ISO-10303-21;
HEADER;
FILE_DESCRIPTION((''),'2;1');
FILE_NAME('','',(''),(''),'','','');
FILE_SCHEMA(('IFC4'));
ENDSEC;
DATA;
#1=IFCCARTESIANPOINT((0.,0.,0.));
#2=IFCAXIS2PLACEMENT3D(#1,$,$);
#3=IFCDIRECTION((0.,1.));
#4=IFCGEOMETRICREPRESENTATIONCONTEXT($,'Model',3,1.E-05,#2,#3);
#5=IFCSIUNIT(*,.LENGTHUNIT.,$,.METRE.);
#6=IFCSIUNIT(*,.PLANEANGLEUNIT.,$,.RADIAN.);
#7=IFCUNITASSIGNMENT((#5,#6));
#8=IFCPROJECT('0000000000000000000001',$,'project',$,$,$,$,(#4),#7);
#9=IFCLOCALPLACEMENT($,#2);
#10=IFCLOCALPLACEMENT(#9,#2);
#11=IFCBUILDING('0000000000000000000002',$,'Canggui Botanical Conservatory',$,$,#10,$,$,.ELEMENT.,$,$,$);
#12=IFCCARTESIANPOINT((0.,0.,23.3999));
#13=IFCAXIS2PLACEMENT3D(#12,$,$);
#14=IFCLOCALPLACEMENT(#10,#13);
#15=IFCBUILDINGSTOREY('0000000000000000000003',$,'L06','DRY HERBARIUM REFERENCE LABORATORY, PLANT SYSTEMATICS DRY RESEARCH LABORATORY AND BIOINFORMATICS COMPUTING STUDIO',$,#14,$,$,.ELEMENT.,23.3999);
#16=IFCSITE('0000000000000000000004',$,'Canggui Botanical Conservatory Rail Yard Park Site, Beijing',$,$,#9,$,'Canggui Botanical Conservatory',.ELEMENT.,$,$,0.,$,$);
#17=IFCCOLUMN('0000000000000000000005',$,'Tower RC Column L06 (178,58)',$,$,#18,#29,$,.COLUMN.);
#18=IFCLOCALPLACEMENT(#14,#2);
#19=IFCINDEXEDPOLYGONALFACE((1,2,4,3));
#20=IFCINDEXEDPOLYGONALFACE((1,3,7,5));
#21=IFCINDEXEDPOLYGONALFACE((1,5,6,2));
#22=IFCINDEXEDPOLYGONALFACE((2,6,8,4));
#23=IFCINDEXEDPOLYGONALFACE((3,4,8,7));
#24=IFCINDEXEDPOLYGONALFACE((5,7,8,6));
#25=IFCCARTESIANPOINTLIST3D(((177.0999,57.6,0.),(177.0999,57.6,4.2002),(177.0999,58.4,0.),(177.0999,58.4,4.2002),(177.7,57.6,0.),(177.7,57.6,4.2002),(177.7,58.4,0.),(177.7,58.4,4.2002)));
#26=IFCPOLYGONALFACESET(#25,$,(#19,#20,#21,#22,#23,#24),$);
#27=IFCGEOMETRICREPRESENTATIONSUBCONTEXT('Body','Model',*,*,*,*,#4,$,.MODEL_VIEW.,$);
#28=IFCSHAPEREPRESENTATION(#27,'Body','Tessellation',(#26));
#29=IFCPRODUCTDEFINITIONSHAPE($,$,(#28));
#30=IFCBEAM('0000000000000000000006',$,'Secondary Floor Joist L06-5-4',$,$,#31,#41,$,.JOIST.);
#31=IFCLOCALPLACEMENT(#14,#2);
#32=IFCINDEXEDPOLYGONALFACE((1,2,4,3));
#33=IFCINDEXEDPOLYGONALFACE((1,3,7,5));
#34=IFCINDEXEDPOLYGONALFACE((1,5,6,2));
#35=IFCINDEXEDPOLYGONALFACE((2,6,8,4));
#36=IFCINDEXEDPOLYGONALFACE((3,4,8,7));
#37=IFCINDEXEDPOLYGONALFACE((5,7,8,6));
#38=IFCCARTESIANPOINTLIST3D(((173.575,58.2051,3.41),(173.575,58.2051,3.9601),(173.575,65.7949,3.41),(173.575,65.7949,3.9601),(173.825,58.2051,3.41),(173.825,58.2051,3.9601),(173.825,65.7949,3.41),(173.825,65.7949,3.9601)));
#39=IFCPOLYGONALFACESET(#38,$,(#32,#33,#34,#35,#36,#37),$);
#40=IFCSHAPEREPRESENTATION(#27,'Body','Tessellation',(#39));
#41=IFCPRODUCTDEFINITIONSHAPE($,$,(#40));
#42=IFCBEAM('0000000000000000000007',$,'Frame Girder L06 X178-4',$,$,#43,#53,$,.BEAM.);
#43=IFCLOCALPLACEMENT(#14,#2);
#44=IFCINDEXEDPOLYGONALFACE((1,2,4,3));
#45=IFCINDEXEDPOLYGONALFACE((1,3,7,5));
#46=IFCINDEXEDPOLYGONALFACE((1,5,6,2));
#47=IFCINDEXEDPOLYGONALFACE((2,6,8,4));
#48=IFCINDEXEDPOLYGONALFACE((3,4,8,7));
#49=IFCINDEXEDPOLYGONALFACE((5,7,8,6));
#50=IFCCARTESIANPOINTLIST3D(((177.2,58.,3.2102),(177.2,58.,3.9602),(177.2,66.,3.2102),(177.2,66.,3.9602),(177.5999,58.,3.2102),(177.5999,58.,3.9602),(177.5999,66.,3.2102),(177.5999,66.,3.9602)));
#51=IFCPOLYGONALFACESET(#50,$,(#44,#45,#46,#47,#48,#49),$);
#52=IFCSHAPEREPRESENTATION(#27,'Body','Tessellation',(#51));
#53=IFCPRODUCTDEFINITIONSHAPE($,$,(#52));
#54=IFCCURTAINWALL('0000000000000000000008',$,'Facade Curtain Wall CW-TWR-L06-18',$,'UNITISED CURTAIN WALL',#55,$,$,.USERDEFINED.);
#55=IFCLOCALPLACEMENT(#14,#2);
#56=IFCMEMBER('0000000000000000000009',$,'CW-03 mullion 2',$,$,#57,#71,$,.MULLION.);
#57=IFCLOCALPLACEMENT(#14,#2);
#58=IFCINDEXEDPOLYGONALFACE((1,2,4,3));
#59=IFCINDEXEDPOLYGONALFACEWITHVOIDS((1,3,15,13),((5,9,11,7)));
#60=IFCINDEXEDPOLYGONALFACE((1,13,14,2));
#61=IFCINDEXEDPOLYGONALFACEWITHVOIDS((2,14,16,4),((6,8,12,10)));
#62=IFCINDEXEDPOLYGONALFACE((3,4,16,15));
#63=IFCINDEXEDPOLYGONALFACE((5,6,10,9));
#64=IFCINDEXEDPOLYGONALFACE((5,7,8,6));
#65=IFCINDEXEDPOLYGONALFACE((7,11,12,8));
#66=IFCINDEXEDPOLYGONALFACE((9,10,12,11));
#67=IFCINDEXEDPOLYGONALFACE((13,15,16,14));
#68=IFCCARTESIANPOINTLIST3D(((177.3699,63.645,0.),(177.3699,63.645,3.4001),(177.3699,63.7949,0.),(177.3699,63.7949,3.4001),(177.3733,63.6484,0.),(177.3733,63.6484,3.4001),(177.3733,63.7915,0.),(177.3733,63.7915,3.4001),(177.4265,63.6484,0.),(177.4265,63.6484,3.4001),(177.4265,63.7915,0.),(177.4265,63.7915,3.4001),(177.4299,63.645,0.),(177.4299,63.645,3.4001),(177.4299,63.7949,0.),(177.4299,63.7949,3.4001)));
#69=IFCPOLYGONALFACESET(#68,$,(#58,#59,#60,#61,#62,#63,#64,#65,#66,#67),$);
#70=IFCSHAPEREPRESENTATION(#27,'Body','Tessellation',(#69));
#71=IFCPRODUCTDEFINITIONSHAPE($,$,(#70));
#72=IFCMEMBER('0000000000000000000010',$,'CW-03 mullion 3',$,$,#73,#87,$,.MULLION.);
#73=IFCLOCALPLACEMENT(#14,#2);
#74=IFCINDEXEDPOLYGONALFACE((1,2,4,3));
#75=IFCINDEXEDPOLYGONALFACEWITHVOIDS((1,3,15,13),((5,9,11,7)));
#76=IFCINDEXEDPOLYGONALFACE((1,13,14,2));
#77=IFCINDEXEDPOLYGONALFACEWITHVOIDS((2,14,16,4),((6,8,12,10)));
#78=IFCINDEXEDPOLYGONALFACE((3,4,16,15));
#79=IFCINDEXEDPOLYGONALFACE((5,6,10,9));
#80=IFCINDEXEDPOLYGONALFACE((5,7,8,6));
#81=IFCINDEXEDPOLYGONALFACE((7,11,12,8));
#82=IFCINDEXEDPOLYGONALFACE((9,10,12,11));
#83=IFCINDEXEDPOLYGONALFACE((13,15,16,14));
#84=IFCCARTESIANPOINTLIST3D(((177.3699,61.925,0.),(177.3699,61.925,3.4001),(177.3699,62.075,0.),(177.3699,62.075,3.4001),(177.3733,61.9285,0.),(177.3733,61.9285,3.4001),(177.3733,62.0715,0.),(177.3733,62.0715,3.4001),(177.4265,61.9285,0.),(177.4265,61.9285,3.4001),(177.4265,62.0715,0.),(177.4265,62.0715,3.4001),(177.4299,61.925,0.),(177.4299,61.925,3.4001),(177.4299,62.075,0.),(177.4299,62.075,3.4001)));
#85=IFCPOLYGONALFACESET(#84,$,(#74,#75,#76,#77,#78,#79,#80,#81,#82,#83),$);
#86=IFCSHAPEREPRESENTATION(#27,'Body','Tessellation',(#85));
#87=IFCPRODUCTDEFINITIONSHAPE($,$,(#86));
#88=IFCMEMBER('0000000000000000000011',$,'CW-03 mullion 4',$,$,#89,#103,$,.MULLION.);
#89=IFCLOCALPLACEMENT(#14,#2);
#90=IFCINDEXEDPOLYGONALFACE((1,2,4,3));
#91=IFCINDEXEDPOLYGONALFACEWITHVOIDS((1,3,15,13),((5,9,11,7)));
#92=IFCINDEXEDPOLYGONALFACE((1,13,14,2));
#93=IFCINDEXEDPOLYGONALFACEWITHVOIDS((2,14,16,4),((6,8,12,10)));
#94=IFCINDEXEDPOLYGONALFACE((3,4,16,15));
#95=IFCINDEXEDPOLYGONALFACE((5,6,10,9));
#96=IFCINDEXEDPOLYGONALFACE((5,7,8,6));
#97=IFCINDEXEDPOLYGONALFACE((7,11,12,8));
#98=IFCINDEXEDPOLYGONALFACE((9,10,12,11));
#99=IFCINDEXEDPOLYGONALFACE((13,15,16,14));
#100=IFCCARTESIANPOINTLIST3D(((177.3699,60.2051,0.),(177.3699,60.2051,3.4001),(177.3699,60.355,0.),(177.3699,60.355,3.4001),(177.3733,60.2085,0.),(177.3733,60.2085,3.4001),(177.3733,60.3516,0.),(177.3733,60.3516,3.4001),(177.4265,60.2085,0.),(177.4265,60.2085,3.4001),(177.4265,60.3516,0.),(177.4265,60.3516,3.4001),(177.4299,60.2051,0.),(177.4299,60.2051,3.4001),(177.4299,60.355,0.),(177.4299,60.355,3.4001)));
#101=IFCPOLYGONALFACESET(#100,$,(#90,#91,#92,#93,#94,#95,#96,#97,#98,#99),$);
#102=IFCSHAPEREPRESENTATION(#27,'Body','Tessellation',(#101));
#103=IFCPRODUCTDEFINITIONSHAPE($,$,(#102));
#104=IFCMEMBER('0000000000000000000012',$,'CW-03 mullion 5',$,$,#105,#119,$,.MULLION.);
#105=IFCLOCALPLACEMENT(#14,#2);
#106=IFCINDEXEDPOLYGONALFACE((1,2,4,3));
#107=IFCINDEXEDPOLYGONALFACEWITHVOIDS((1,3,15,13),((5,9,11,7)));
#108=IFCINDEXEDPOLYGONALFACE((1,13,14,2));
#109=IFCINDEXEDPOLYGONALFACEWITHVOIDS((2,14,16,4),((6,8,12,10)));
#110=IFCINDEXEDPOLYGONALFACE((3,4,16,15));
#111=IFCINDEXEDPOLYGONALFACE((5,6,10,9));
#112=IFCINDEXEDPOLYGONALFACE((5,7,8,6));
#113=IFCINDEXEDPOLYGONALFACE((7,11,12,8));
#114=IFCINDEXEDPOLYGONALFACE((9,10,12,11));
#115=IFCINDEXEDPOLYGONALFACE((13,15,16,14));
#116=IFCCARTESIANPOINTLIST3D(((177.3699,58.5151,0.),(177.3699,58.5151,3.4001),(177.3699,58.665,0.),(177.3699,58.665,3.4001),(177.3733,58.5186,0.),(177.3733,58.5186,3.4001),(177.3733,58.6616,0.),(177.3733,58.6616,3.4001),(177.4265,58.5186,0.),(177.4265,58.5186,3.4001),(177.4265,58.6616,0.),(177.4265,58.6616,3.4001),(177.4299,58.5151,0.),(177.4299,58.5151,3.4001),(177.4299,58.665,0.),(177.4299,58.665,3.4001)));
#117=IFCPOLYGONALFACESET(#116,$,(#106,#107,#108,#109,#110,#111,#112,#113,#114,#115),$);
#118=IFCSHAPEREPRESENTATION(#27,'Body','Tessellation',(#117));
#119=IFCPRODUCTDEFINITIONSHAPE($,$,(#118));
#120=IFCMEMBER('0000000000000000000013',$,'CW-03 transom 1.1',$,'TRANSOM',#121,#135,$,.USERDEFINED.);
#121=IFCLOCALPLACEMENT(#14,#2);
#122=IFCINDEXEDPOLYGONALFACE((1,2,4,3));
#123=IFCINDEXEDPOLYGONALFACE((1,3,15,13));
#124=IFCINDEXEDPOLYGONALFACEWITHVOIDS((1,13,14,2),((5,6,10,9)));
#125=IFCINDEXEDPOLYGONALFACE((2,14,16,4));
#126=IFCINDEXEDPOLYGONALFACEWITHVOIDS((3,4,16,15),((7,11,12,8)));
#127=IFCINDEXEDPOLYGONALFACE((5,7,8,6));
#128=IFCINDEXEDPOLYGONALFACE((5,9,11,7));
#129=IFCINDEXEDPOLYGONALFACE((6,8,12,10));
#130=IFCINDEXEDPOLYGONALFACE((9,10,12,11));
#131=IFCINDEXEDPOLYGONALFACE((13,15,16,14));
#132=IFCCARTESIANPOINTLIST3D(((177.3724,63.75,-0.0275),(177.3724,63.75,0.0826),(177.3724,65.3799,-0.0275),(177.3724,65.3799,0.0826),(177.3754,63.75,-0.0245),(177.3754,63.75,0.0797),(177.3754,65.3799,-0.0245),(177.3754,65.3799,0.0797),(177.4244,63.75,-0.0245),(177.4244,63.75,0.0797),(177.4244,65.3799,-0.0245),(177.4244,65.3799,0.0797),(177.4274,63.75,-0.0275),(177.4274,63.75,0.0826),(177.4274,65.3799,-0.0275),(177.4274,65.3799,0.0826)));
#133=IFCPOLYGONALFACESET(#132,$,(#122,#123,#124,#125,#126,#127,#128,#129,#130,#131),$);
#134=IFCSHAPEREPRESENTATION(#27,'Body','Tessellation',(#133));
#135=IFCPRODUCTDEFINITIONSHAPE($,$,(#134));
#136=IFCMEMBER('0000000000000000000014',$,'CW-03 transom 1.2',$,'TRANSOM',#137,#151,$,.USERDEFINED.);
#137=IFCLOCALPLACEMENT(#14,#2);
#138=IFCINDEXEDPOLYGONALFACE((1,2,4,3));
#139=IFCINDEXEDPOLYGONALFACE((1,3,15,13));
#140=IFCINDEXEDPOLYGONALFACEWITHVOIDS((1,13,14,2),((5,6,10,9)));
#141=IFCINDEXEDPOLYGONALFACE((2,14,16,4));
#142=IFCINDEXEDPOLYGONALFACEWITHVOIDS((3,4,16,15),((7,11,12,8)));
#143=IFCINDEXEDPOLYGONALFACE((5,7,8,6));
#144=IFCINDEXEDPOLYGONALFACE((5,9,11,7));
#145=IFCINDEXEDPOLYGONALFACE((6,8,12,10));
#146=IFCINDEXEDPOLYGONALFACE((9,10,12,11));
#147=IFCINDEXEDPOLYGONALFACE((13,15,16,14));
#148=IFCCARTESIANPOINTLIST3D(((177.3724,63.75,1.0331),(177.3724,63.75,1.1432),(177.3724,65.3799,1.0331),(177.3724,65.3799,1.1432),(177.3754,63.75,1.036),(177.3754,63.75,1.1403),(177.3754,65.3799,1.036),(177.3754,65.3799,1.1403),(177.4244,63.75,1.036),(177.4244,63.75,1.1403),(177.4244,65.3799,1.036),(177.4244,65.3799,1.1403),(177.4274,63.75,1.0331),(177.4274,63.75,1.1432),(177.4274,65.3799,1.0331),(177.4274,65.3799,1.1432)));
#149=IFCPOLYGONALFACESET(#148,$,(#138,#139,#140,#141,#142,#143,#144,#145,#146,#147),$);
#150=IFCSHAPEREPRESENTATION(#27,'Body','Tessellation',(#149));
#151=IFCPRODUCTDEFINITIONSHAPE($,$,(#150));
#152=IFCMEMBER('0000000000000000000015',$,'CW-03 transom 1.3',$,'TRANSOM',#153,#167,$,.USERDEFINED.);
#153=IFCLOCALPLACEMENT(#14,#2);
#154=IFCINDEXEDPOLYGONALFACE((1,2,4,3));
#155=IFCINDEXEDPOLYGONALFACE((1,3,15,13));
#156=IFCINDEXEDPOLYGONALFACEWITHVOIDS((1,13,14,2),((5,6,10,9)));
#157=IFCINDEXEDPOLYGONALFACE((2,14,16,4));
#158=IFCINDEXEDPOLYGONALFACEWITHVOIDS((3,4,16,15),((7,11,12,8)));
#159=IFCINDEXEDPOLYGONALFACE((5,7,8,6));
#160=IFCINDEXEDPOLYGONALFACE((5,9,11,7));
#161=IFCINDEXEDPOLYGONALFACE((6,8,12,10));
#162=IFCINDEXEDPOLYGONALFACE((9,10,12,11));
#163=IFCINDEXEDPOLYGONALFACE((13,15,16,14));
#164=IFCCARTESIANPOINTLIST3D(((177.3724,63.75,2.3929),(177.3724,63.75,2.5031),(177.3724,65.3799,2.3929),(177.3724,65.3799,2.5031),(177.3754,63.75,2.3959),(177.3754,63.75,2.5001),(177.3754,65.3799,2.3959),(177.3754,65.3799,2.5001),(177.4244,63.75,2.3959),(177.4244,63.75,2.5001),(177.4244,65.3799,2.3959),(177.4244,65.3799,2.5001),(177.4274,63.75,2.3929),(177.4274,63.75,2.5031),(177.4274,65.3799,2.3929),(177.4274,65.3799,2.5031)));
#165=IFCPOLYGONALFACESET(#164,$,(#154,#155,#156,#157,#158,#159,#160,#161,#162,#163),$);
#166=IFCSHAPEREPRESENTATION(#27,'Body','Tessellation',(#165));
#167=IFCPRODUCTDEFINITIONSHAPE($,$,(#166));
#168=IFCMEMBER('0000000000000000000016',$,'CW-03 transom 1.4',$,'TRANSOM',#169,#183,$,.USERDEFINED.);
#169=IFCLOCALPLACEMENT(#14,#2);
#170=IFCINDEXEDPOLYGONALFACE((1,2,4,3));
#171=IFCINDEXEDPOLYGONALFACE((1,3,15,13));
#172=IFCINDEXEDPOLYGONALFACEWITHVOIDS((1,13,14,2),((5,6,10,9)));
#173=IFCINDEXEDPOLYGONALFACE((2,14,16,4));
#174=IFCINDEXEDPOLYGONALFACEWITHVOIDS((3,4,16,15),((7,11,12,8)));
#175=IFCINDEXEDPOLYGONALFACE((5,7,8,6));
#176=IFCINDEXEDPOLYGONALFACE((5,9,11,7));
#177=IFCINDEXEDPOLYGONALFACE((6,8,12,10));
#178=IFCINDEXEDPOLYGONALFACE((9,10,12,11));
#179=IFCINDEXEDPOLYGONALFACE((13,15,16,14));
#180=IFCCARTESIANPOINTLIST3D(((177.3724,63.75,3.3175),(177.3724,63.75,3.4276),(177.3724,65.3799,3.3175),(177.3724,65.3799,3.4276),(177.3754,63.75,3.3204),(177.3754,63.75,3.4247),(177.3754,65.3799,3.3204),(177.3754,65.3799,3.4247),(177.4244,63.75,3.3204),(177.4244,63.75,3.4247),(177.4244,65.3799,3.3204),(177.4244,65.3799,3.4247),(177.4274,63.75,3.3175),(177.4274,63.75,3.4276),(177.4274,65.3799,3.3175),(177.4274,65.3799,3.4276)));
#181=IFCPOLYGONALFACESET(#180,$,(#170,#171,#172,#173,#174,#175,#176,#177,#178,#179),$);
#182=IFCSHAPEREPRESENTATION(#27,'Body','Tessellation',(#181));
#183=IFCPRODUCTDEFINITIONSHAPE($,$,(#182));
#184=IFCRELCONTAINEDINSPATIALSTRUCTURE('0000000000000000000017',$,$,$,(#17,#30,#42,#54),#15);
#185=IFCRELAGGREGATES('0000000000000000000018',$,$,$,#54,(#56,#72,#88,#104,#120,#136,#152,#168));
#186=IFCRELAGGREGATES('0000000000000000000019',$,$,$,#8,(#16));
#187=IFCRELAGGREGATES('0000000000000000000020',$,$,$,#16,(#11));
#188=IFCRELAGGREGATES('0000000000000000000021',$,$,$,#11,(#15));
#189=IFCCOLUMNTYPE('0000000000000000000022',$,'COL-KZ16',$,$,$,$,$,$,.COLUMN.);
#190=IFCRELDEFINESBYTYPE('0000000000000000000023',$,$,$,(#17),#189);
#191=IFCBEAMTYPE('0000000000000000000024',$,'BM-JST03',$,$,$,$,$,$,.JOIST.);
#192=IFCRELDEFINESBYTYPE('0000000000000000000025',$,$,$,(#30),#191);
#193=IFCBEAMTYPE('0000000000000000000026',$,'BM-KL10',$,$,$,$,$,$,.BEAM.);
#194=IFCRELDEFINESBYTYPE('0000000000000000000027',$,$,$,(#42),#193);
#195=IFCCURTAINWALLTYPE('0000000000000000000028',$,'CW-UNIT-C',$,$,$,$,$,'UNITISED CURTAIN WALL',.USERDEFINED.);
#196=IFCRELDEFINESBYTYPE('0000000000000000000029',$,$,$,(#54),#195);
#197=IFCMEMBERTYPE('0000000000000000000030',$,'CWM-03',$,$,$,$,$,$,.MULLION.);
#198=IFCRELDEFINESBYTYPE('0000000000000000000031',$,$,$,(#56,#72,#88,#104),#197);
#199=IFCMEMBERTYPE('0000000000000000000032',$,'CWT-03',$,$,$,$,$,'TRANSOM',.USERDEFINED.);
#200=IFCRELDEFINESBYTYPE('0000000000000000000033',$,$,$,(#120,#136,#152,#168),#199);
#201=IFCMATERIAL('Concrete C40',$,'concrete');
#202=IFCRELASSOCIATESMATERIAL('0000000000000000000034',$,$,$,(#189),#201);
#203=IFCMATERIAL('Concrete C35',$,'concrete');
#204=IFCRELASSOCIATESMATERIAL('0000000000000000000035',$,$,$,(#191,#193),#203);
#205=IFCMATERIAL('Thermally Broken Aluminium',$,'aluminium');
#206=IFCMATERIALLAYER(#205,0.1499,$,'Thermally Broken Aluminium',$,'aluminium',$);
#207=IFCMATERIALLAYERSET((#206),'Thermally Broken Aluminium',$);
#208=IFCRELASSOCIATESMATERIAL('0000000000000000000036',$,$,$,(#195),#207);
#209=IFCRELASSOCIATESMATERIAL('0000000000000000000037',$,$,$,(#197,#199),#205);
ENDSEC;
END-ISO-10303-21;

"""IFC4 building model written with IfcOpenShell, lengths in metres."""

from ifc_helpers import new_model, si_unit, direction, frame, origin, origin_2d, place, context, subcontext, project, spatial, rectangle, hollow_rectangle, extrude, material, layer, layer_set, material_profile, profile_set, type_object, element, aggregate, save


model = new_model("IFC4")

# Units and contexts
model_context = context("Model", 3, precision=1e-05, world=origin(), true_north=direction((0.0, 1.0)))
body_context = subcontext(model_context, "Body", "Model", "MODEL_VIEW")
ifc_project = project(units=[si_unit("LENGTHUNIT", "METRE"), si_unit("PLANEANGLEUNIT", "RADIAN")], contexts=[model_context])

# Site, building, storey
site_placement = place(None, origin())
site = spatial("IfcSite", under=ifc_project, at=site_placement, Name="Canggui Botanical Conservatory Rail Yard Park Site, Beijing", LongName="Canggui Botanical Conservatory", CompositionType="ELEMENT", RefElevation=0.0)
building_placement = place(site_placement, origin())
building = spatial("IfcBuilding", under=site, at=building_placement, Name="Canggui Botanical Conservatory", CompositionType="ELEMENT")
storey_placement = place(building_placement, frame((0.0, 0.0, 23.3999)))
storey = spatial("IfcBuildingStorey", under=building, at=storey_placement, Name="L06", Description="DRY HERBARIUM REFERENCE LABORATORY, PLANT SYSTEMATICS DRY RESEARCH LABORATORY AND BIOINFORMATICS COMPUTING STUDIO", CompositionType="ELEMENT", Elevation=23.3999)

# Column
ifc_material_1 = material(Name="Concrete C40", Category="concrete")
ifc_material_profile_1 = material_profile(ifc_material_1, rectangle(XDim=0.6001, YDim=0.8, at=origin_2d()), Name="RC 600x800")
ifc_profile_set_1 = profile_set([ifc_material_profile_1], Name="Concrete C40")
column_type = type_object("IfcColumnType", Name="COL-KZ16", PredefinedType="COLUMN", material=ifc_profile_set_1)
column_placement = place(storey_placement, frame((177.3999, 58.0, 0.0), z_axis=(0.0, 0.0, 1.0), x_axis=(1.0, 0.0, 0.0)))
element("IfcColumn", 1, at=column_placement, inside=storey, type_object=column_type, Name="Tower RC Column L06 (178,58)", PredefinedType="COLUMN", context=body_context, shape_type="SweptSolid", body=[
    extrude(rectangle(XDim=0.6001, YDim=0.8, at=origin_2d()), origin(), (0.0, 0.0, 1.0), 4.2002),
])

# Beams
ifc_material_2 = material(Name="Concrete C35", Category="concrete")
ifc_material_profile_2 = material_profile(ifc_material_2, rectangle(XDim=0.25, YDim=0.55, at=origin_2d()), Name="RB 250x550")
ifc_profile_set_2 = profile_set([ifc_material_profile_2], Name="Concrete C35")
beam_type_1 = type_object("IfcBeamType", Name="BM-JST03", PredefinedType="JOIST", material=ifc_profile_set_2)
beam_1_placement = place(storey_placement, frame((173.7, 58.2051, 3.6851), z_axis=(0.0, 1.0, 0.0), x_axis=(-1.0, 0.0, 0.0)))
element("IfcBeam", 2, at=beam_1_placement, inside=storey, type_object=beam_type_1, Name="Secondary Floor Joist L06-5-4", PredefinedType="JOIST", context=body_context, shape_type="SweptSolid", body=[
    extrude(rectangle(XDim=0.25, YDim=0.55, at=origin_2d()), origin(), (0.0, 0.0, 1.0), 7.5898),
])
ifc_material_profile_3 = material_profile(ifc_material_2, rectangle(XDim=0.3999, YDim=0.75, at=origin_2d()), Name="RB 400x750")
ifc_profile_set_3 = profile_set([ifc_material_profile_3], Name="Concrete C35")
beam_type_2 = type_object("IfcBeamType", Name="BM-KL10", PredefinedType="BEAM", material=ifc_profile_set_3)
beam_2_placement = place(storey_placement, frame((177.3999, 58.0, 3.5852), z_axis=(0.0, 1.0, 0.0), x_axis=(-1.0, 0.0, 0.0)))
element("IfcBeam", 3, at=beam_2_placement, inside=storey, type_object=beam_type_2, Name="Frame Girder L06 X178-4", PredefinedType="BEAM", context=body_context, shape_type="SweptSolid", body=[
    extrude(rectangle(XDim=0.3999, YDim=0.75, at=origin_2d()), origin(), (0.0, 0.0, 1.0), 8.0),
])

# Curtain wall, members
ifc_material_3 = material(Name="Thermally Broken Aluminium", Category="aluminium")
ifc_layer_1 = layer(ifc_material_3, 0.1499, Name="Thermally Broken Aluminium", Category="aluminium")
ifc_layer_set_1 = layer_set([ifc_layer_1], Name="Thermally Broken Aluminium")
curtain_wall_type = type_object("IfcCurtainWallType", Name="CW-UNIT-C", ElementType="UNITISED CURTAIN WALL", PredefinedType="USERDEFINED", material=ifc_layer_set_1)
curtain_wall_placement = place(storey_placement, origin())
curtain_wall = element("IfcCurtainWall", 4, at=curtain_wall_placement, inside=storey, type_object=curtain_wall_type, Name="Facade Curtain Wall CW-TWR-L06-18", ObjectType="UNITISED CURTAIN WALL", PredefinedType="USERDEFINED")
ifc_material_profile_4 = material_profile(ifc_material_3, hollow_rectangle(XDim=0.0601, YDim=0.1499, WallThickness=0.0034, at=origin_2d()), Name="CWM 60x150x3.5")
ifc_profile_set_4 = profile_set([ifc_material_profile_4], Name="Thermally Broken Aluminium")
member_type_1 = type_object("IfcMemberType", Name="CWM-03", PredefinedType="MULLION", material=ifc_profile_set_4)
member_1_placement = place(storey_placement, frame((177.3999, 63.72, 0.0), z_axis=(0.0, 0.0, 1.0), x_axis=(1.0, 0.0, 0.0)))
member_1 = element("IfcMember", 5, at=member_1_placement, type_object=member_type_1, Name="CW-03 mullion 2", PredefinedType="MULLION", context=body_context, shape_type="SweptSolid", body=[
    extrude(hollow_rectangle(XDim=0.0601, YDim=0.1499, WallThickness=0.0034, at=origin_2d()), origin(), (0.0, 0.0, 1.0), 3.4001),
])
member_2_placement = place(storey_placement, frame((177.3999, 62.0, 0.0), z_axis=(0.0, 0.0, 1.0), x_axis=(1.0, 0.0, 0.0)))
member_2 = element("IfcMember", 6, at=member_2_placement, type_object=member_type_1, Name="CW-03 mullion 3", PredefinedType="MULLION", context=body_context, shape_type="SweptSolid", body=[
    extrude(hollow_rectangle(XDim=0.0601, YDim=0.1499, WallThickness=0.0034, at=origin_2d()), origin(), (0.0, 0.0, 1.0), 3.4001),
])
member_3_placement = place(storey_placement, frame((177.3999, 60.28, 0.0), z_axis=(0.0, 0.0, 1.0), x_axis=(1.0, 0.0, 0.0)))
member_3 = element("IfcMember", 7, at=member_3_placement, type_object=member_type_1, Name="CW-03 mullion 4", PredefinedType="MULLION", context=body_context, shape_type="SweptSolid", body=[
    extrude(hollow_rectangle(XDim=0.0601, YDim=0.1499, WallThickness=0.0034, at=origin_2d()), origin(), (0.0, 0.0, 1.0), 3.4001),
])
member_4_placement = place(storey_placement, frame((177.3999, 58.5901, 0.0), z_axis=(0.0, 0.0, 1.0), x_axis=(1.0, 0.0, 0.0)))
member_4 = element("IfcMember", 8, at=member_4_placement, type_object=member_type_1, Name="CW-03 mullion 5", PredefinedType="MULLION", context=body_context, shape_type="SweptSolid", body=[
    extrude(hollow_rectangle(XDim=0.0601, YDim=0.1499, WallThickness=0.0034, at=origin_2d()), origin(), (0.0, 0.0, 1.0), 3.4001),
])
ifc_material_profile_5 = material_profile(ifc_material_3, hollow_rectangle(XDim=0.0549, YDim=0.1101, WallThickness=0.0029, at=origin_2d()), Name="CWT 55x110x3")
ifc_profile_set_5 = profile_set([ifc_material_profile_5], Name="Thermally Broken Aluminium")
member_type_2 = type_object("IfcMemberType", Name="CWT-03", ElementType="TRANSOM", PredefinedType="USERDEFINED", material=ifc_profile_set_5)
member_5_placement = place(storey_placement, frame((177.3999, 65.3799, 0.0276), z_axis=(0.0, -1.0, 0.0), x_axis=(1.0, 0.0, 0.0)))
member_5 = element("IfcMember", 9, at=member_5_placement, type_object=member_type_2, Name="CW-03 transom 1.1", ObjectType="TRANSOM", PredefinedType="USERDEFINED", context=body_context, shape_type="SweptSolid", body=[
    extrude(hollow_rectangle(XDim=0.0549, YDim=0.1101, WallThickness=0.0029, at=origin_2d()), origin(), (0.0, 0.0, 1.0), 1.6299),
])
member_6_placement = place(storey_placement, frame((177.3999, 65.3799, 1.0881), z_axis=(0.0, -1.0, 0.0), x_axis=(1.0, 0.0, 0.0)))
member_6 = element("IfcMember", 10, at=member_6_placement, type_object=member_type_2, Name="CW-03 transom 1.2", ObjectType="TRANSOM", PredefinedType="USERDEFINED", context=body_context, shape_type="SweptSolid", body=[
    extrude(hollow_rectangle(XDim=0.0549, YDim=0.1101, WallThickness=0.0029, at=origin_2d()), origin(), (0.0, 0.0, 1.0), 1.6299),
])
member_7_placement = place(storey_placement, frame((177.3999, 65.3799, 2.448), z_axis=(0.0, -1.0, 0.0), x_axis=(1.0, 0.0, 0.0)))
member_7 = element("IfcMember", 11, at=member_7_placement, type_object=member_type_2, Name="CW-03 transom 1.3", ObjectType="TRANSOM", PredefinedType="USERDEFINED", context=body_context, shape_type="SweptSolid", body=[
    extrude(hollow_rectangle(XDim=0.0549, YDim=0.1101, WallThickness=0.0029, at=origin_2d()), origin(), (0.0, 0.0, 1.0), 1.6299),
])
member_8_placement = place(storey_placement, frame((177.3999, 65.3799, 3.3726), z_axis=(0.0, -1.0, 0.0), x_axis=(1.0, 0.0, 0.0)))
member_8 = element("IfcMember", 12, at=member_8_placement, type_object=member_type_2, Name="CW-03 transom 1.4", ObjectType="TRANSOM", PredefinedType="USERDEFINED", context=body_context, shape_type="SweptSolid", body=[
    extrude(hollow_rectangle(XDim=0.0549, YDim=0.1101, WallThickness=0.0029, at=origin_2d()), origin(), (0.0, 0.0, 1.0), 1.6299),
])
aggregate(curtain_wall, [member_1, member_2, member_3, member_4, member_5, member_6, member_7, member_8])

save(model, "model.ifc")
